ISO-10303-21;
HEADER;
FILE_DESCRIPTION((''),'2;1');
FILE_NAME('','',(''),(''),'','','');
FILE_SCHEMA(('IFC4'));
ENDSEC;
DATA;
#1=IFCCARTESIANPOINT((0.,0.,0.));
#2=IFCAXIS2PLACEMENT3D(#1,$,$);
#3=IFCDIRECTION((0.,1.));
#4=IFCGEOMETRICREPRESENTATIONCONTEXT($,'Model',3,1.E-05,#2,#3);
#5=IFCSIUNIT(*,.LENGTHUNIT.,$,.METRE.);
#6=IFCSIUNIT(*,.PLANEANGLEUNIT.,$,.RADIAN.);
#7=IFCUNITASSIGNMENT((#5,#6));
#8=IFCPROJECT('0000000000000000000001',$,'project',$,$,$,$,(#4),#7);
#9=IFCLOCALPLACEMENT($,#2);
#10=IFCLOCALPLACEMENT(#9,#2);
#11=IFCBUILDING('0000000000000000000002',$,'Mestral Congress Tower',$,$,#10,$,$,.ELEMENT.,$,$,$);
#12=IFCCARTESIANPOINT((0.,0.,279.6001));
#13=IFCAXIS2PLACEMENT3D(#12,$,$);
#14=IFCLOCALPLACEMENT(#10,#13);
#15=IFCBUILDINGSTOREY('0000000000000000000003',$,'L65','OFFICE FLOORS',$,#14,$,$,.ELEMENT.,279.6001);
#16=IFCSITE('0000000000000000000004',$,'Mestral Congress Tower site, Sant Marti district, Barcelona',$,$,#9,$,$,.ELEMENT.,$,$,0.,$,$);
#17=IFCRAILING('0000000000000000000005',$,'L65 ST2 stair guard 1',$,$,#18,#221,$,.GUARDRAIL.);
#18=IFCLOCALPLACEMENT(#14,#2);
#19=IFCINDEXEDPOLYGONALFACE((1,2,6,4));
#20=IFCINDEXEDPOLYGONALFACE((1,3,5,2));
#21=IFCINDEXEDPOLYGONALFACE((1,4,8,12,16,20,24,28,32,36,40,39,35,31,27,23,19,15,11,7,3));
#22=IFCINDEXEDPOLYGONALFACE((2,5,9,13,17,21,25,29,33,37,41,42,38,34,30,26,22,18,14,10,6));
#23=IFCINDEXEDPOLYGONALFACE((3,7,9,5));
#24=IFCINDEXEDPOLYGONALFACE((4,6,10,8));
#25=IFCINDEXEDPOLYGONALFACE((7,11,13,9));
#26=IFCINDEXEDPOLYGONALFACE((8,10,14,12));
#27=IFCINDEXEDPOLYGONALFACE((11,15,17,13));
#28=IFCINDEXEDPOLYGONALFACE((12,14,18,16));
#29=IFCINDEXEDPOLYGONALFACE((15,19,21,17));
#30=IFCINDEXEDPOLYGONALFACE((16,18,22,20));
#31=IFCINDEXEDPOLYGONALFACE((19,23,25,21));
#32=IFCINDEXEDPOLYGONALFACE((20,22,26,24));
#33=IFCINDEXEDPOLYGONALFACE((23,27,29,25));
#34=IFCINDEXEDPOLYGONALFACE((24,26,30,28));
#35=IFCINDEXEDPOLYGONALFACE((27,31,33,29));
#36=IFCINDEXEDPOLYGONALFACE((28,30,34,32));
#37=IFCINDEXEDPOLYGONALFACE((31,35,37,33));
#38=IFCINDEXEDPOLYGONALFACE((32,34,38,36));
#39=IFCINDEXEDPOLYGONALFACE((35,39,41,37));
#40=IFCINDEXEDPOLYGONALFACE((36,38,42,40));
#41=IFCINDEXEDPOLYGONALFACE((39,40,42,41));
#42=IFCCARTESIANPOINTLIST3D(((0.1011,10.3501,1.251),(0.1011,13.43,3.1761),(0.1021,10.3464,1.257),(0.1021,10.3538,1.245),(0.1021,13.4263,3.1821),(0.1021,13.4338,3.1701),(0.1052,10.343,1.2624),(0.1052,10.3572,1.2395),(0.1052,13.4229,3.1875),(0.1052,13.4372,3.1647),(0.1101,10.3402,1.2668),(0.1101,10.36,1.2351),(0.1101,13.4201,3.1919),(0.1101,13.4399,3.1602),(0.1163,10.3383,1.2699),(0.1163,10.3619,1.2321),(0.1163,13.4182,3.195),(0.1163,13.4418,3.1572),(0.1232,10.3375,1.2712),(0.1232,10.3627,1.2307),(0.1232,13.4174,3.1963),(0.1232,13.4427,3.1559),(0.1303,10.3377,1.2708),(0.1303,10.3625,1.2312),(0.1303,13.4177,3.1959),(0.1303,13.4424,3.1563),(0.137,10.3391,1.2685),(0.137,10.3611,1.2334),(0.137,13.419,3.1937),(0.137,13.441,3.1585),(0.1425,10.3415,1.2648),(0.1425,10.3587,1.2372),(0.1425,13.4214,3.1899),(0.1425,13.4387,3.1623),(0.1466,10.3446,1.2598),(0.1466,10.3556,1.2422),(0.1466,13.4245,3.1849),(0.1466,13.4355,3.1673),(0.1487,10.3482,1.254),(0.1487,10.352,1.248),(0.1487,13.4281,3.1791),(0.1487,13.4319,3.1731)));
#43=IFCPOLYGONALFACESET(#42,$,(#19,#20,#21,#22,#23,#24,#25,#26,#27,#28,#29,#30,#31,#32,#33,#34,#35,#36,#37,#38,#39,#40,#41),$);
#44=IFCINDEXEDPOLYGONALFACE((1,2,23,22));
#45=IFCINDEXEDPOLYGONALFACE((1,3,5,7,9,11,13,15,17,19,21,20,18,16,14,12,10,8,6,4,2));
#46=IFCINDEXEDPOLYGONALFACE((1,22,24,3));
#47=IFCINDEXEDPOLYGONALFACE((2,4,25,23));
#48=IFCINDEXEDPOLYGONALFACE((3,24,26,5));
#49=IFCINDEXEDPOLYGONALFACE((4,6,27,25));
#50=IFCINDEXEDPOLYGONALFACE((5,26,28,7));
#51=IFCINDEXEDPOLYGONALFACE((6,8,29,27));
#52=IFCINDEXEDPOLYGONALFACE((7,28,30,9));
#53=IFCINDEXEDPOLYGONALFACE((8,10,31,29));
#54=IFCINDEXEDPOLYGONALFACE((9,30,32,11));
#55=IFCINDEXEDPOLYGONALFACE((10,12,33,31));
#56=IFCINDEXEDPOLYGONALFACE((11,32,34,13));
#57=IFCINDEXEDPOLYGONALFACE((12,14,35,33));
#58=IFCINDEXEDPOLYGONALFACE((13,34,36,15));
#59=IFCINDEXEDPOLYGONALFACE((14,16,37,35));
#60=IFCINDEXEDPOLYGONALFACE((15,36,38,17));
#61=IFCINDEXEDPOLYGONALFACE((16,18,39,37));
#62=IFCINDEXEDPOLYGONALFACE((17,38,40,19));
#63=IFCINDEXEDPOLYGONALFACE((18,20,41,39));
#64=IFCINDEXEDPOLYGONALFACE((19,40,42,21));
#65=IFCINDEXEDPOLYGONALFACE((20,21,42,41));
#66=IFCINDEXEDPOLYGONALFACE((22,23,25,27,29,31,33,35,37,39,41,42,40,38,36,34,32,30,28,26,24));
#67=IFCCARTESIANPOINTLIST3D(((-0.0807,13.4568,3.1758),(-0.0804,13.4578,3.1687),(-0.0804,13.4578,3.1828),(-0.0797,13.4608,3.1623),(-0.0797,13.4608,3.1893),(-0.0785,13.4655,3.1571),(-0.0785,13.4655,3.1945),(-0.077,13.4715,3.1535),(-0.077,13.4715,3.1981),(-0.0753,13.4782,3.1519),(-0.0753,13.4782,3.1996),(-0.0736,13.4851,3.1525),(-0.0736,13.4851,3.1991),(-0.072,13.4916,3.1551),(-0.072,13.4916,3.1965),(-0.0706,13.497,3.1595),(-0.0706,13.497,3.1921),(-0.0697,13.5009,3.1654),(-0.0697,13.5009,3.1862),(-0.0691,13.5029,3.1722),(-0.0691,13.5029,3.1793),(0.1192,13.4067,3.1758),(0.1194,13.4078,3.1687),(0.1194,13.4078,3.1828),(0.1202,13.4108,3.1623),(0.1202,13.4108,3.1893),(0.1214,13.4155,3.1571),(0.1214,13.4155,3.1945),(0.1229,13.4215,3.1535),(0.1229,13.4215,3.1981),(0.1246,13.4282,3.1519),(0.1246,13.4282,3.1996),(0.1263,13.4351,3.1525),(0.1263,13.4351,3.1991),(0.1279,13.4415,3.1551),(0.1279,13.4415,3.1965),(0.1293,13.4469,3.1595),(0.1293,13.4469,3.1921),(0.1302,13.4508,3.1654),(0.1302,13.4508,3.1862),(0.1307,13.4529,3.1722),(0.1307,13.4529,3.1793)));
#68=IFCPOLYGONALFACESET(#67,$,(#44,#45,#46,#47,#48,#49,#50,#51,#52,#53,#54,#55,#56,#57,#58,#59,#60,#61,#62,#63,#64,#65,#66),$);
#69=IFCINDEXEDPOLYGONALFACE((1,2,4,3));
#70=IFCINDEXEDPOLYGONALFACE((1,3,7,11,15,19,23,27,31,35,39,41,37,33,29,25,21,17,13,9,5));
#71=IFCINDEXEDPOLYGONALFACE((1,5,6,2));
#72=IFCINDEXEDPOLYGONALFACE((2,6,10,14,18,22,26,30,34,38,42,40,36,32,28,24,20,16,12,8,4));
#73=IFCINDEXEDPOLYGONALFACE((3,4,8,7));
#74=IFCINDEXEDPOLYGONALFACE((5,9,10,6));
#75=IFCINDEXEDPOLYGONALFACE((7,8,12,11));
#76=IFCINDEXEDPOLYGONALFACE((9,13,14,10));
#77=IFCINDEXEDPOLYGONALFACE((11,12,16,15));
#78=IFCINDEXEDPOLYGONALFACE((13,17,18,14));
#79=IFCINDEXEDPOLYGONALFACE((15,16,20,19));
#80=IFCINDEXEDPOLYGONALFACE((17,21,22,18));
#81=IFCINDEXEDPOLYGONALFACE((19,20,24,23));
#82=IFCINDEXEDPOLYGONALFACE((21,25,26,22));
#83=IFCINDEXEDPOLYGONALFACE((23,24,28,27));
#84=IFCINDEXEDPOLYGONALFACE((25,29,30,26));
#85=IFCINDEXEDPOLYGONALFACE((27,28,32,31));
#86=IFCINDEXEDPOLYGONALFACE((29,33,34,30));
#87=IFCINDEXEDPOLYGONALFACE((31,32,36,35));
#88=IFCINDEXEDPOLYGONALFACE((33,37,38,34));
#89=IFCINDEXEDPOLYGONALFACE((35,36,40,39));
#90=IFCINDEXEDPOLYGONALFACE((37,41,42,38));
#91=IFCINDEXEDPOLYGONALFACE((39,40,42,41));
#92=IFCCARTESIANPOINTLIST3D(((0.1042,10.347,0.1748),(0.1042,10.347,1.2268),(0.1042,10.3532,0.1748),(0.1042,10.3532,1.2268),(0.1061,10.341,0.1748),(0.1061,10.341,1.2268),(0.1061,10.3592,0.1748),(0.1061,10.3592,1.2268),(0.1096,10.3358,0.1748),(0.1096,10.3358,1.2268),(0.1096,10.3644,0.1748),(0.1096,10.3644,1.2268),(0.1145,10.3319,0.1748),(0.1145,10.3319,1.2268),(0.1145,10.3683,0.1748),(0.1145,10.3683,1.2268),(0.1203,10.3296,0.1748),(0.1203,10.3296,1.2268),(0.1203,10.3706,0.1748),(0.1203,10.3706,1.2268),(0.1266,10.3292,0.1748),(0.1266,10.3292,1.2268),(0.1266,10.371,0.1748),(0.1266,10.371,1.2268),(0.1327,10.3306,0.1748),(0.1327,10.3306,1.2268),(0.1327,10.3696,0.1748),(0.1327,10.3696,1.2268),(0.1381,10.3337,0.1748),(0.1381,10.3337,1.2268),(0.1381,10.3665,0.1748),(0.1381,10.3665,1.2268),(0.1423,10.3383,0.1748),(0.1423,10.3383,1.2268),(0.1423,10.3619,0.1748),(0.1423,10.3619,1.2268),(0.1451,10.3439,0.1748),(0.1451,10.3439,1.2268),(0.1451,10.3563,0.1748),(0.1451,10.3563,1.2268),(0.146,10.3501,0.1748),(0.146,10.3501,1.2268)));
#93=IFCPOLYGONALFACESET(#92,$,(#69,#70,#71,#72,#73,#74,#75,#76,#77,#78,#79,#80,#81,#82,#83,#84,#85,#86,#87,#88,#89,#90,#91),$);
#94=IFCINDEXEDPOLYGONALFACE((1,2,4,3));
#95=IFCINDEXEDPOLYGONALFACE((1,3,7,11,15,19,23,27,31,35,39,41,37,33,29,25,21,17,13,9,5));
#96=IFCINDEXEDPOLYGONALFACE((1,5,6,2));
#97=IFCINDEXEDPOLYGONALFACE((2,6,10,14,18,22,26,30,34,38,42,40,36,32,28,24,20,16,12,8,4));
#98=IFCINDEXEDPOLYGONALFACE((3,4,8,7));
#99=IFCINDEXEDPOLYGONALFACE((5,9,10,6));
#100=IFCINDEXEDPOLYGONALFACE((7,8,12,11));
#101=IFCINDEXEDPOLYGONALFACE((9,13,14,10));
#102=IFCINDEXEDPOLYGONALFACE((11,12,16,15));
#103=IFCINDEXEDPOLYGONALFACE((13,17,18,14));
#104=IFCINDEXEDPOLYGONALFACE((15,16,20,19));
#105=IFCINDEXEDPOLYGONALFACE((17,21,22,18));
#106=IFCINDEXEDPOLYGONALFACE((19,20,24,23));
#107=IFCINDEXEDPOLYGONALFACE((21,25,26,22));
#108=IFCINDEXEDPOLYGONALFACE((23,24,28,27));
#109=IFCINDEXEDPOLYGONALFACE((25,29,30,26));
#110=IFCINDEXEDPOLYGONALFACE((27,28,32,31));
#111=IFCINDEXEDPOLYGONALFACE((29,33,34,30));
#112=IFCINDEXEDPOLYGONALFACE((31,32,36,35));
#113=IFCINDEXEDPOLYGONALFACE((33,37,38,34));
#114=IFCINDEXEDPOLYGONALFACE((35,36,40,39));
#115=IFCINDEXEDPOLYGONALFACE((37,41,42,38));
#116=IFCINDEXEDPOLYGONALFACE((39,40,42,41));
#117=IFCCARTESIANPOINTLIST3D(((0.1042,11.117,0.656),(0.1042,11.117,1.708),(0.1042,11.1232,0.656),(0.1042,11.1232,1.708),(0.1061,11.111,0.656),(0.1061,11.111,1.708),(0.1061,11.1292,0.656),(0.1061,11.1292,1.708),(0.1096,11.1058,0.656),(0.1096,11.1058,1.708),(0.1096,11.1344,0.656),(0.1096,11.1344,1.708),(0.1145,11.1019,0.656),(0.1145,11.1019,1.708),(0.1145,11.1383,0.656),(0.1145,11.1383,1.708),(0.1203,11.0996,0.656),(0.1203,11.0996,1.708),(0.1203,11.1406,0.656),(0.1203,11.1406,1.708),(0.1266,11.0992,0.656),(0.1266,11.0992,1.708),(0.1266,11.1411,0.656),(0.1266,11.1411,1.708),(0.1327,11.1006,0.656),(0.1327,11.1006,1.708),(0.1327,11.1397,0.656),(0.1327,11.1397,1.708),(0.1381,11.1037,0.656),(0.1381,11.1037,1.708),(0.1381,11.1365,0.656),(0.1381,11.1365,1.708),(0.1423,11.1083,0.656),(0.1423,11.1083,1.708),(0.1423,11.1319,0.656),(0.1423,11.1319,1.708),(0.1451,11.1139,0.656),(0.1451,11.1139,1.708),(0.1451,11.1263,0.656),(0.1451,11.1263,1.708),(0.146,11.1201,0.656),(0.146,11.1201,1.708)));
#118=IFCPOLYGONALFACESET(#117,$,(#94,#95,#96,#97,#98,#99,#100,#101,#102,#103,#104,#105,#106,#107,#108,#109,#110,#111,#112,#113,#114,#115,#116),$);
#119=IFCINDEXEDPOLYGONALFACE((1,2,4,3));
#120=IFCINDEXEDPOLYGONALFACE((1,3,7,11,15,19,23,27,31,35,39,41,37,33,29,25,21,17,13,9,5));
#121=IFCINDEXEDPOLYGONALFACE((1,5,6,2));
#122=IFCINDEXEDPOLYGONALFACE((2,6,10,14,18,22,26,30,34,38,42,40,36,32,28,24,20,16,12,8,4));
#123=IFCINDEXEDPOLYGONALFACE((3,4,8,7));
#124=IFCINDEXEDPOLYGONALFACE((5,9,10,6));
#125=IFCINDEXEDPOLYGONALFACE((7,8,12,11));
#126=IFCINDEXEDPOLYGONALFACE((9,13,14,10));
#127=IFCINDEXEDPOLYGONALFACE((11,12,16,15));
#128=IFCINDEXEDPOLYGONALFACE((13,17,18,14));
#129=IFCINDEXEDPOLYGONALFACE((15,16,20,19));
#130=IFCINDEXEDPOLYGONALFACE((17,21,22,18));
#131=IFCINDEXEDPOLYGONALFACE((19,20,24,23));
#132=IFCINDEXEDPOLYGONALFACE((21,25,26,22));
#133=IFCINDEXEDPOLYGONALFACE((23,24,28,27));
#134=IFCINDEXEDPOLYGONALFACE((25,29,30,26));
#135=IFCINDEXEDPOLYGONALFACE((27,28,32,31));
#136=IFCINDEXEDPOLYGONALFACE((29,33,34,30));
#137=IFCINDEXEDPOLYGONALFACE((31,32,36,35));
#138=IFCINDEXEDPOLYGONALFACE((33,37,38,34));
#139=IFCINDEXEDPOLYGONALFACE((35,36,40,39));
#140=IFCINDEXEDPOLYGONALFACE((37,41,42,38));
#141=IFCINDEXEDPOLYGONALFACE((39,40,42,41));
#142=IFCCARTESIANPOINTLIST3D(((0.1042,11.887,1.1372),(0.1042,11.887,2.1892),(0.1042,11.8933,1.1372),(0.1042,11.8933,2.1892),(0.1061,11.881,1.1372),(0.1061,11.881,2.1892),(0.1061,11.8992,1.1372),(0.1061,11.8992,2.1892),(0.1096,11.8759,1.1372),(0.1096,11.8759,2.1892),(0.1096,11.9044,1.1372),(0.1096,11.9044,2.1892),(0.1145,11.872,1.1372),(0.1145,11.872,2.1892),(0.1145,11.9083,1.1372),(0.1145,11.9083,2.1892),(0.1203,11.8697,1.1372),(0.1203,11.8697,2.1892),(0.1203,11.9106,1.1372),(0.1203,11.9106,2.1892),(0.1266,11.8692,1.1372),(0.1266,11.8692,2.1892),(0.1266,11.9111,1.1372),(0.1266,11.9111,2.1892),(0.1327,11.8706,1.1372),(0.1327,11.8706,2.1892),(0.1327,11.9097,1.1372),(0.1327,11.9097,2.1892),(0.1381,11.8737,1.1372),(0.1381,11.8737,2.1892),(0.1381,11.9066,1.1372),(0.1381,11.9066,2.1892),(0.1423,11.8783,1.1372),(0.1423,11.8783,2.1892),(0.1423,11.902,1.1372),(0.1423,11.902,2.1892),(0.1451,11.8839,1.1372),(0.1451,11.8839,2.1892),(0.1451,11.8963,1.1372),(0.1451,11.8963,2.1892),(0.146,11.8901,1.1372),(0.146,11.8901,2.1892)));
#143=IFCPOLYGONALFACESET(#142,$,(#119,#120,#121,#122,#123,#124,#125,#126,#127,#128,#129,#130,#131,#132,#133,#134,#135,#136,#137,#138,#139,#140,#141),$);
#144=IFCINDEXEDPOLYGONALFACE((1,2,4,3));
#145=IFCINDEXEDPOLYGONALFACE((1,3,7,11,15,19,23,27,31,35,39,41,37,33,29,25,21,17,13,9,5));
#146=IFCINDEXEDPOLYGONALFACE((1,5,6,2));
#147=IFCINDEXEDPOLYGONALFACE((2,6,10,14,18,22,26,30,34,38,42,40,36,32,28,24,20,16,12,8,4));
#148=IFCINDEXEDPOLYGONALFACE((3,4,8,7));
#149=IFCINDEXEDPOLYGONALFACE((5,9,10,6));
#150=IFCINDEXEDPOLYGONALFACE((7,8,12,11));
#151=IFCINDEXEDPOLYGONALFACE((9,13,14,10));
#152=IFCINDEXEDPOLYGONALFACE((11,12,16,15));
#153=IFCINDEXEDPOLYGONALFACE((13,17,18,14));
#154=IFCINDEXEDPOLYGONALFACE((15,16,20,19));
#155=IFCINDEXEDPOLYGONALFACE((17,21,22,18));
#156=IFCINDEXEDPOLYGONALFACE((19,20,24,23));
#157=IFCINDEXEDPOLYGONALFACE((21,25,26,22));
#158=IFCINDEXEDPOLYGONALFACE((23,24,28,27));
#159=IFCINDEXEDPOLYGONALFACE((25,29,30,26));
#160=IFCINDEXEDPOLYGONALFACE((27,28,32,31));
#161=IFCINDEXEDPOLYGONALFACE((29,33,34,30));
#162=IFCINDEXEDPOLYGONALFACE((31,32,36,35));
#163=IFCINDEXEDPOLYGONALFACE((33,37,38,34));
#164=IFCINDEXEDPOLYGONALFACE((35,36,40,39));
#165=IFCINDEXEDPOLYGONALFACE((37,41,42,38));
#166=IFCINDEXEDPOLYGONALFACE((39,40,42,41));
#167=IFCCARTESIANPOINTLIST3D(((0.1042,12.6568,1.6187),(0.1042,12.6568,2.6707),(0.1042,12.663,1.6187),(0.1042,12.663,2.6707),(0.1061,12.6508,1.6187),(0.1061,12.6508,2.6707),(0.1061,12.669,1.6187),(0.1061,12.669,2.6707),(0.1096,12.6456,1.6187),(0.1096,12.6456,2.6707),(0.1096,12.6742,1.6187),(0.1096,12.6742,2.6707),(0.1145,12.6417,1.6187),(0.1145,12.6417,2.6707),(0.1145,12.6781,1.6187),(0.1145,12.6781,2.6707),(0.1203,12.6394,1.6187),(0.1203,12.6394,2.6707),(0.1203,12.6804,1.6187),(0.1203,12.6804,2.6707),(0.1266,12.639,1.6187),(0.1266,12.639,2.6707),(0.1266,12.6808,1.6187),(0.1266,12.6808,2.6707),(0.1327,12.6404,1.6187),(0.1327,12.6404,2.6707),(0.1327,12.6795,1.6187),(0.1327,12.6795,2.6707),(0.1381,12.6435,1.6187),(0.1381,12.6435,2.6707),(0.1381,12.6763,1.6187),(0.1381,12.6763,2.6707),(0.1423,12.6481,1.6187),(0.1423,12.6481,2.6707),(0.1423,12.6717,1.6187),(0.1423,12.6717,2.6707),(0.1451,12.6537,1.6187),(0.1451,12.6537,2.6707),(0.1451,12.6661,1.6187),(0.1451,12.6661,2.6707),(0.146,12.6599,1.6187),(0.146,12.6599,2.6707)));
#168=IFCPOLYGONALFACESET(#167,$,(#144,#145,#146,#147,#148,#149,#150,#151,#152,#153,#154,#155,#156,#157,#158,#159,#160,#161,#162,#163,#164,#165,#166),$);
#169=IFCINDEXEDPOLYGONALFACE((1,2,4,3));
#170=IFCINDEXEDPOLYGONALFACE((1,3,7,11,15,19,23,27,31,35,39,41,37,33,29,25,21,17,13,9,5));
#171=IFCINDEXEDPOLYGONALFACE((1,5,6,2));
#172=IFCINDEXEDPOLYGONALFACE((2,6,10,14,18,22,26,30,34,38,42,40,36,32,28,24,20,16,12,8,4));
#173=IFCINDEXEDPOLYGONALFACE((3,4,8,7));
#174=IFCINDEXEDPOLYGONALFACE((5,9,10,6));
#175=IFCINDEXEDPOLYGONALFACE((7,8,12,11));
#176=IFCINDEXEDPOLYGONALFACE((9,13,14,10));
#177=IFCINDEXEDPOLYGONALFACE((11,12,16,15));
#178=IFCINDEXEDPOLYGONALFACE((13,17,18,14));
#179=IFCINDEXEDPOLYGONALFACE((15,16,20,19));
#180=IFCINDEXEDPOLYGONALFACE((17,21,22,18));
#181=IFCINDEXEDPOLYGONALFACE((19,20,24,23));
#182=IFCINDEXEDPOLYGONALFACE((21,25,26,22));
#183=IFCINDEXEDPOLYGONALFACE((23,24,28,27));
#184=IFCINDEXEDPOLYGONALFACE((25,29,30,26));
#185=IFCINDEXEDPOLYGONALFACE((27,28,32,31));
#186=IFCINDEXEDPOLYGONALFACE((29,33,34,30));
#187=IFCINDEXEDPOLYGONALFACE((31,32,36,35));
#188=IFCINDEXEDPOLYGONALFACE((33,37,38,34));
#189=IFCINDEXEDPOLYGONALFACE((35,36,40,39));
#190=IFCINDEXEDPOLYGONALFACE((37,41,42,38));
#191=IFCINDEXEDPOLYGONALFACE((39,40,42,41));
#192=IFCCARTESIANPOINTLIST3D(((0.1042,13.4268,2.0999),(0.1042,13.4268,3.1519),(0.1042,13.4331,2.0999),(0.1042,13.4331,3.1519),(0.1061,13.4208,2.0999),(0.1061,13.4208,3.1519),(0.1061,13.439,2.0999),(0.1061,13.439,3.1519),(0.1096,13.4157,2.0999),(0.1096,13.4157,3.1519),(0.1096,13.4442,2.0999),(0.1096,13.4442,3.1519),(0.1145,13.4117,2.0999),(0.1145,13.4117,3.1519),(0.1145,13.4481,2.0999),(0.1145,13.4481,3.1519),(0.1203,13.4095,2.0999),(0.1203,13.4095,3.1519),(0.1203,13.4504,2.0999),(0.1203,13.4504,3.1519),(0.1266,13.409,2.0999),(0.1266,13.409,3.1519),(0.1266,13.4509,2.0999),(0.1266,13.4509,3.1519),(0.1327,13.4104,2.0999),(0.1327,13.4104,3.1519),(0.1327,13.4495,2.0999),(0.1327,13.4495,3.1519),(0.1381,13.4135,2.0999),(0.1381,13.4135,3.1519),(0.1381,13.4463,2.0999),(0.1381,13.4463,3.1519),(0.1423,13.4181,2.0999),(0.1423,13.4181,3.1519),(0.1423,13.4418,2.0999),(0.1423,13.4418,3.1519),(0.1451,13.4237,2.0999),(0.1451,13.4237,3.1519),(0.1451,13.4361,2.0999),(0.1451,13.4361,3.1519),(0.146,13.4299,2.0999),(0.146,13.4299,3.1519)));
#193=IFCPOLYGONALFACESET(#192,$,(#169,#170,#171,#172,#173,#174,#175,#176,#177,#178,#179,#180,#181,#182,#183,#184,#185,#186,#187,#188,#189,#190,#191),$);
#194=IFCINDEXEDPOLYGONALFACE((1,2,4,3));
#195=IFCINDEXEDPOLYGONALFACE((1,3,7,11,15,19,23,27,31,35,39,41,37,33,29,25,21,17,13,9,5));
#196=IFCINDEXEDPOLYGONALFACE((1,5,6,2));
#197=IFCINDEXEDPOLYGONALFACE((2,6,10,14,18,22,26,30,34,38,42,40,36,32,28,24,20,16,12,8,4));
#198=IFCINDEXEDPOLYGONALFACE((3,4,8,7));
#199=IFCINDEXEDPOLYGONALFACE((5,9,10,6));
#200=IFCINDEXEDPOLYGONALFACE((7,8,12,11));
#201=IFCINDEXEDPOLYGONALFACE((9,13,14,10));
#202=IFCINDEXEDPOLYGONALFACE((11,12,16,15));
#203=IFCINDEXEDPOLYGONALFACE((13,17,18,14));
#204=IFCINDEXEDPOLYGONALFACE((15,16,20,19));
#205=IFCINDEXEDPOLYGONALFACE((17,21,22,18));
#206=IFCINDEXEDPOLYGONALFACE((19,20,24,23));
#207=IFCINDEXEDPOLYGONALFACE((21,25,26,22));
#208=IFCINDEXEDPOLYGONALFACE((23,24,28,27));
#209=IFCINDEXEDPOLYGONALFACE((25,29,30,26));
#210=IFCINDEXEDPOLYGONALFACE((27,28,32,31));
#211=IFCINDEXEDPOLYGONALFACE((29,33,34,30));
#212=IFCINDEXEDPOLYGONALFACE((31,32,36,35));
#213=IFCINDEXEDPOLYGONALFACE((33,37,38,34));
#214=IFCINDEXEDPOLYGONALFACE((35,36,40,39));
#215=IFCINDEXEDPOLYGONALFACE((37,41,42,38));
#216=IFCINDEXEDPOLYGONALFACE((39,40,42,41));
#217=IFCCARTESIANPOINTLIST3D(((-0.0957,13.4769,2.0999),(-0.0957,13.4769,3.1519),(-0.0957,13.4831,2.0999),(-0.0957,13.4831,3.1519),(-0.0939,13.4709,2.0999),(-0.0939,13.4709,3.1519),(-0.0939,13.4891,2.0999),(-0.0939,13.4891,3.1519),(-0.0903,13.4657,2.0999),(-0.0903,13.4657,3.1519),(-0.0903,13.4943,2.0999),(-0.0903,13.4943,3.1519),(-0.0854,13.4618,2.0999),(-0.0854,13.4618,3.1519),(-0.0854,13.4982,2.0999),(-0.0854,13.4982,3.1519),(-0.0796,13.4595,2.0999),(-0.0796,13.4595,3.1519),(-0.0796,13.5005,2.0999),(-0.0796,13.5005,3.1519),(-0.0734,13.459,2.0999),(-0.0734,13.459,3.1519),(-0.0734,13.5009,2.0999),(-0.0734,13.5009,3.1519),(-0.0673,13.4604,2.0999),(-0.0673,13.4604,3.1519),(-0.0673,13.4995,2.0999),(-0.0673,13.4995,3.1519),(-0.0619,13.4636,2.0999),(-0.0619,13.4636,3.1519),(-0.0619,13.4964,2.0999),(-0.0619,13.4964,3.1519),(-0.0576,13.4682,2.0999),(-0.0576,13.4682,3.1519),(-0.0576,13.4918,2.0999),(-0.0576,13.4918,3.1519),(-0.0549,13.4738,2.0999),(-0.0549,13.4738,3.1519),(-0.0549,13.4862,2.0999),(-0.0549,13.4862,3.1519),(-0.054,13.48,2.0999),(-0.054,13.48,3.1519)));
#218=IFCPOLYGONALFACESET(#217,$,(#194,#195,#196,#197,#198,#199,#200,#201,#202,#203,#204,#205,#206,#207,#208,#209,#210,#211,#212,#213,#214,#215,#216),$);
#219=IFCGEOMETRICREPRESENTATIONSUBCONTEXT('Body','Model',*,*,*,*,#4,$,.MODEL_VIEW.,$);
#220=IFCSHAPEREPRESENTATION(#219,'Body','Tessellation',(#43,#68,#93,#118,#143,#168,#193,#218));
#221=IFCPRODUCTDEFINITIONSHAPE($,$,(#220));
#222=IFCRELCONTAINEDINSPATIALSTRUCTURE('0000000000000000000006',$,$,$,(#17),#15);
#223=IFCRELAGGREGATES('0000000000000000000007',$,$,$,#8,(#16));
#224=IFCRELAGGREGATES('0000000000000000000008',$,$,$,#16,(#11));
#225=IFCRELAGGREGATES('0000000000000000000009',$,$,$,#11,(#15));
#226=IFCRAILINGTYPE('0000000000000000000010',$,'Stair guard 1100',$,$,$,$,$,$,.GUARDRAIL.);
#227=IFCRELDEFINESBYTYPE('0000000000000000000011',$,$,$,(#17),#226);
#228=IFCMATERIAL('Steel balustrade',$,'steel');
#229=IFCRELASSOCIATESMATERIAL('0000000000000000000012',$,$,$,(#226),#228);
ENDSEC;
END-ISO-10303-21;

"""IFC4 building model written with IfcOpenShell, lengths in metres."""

from ifc_helpers import new_model, si_unit, direction, frame, origin, origin_2d, place, context, subcontext, project, spatial, circle, extrude, material, type_object, element, save


model = new_model("IFC4")

# Units and contexts
model_context = context("Model", 3, precision=1e-05, world=origin(), true_north=direction((0.0, 1.0)))
body_context = subcontext(model_context, "Body", "Model", "MODEL_VIEW")
ifc_project = project(units=[si_unit("LENGTHUNIT", "METRE"), si_unit("PLANEANGLEUNIT", "RADIAN")], contexts=[model_context])

# Site, building, storey
site_placement = place(None, origin())
site = spatial("IfcSite", under=ifc_project, at=site_placement, Name="Mestral Congress Tower site, Sant Marti district, Barcelona", CompositionType="ELEMENT", RefElevation=0.0)
building_placement = place(site_placement, origin())
building = spatial("IfcBuilding", under=site, at=building_placement, Name="Mestral Congress Tower", CompositionType="ELEMENT")
storey_placement = place(building_placement, frame((0.0, 0.0, 279.6001)))
storey = spatial("IfcBuildingStorey", under=building, at=storey_placement, Name="L65", Description="OFFICE FLOORS", CompositionType="ELEMENT", Elevation=279.6001)

# Railing
ifc_material_1 = material(Name="Steel balustrade", Category="steel")
railing_type_1 = type_object("IfcRailingType", Name="Stair guard 1100", PredefinedType="GUARDRAIL", material=ifc_material_1)
railing_1_placement = place(storey_placement, frame((0.125, 10.3501, 0.1748)))
element("IfcRailing", 1, at=railing_1_placement, inside=storey, type_object=railing_type_1, Name="L65 ST2 stair guard 1", PredefinedType="GUARDRAIL", context=body_context, shape_type="SweptSolid", body=[
    extrude(circle(Radius=0.0239, at=origin_2d()), frame((0.0, 0.0, 1.0762), z_axis=(0.0, 0.847979, 0.530029), x_axis=(-1.0, 0.0, 0.0)), (0.0, 0.0, 1.0), 3.6321),
    extrude(circle(Radius=0.0239, at=origin_2d()), frame((0.0, 3.0798, 3.001), z_axis=(-0.970073, 0.242814, 0.0), x_axis=(-0.242814, -0.970073, 0.0)), (0.0, 0.0, 1.0), 0.2061),
    extrude(circle(Radius=0.021, at=origin_2d()), origin(), (0.0, 0.0, 1.0), 1.052),
    extrude(circle(Radius=0.021, at=origin_2d()), frame((0.0, 0.77, 0.4812)), (0.0, 0.0, 1.0), 1.052),
    extrude(circle(Radius=0.021, at=origin_2d()), frame((0.0, 1.54, 0.9624)), (0.0, 0.0, 1.0), 1.052),
    extrude(circle(Radius=0.021, at=origin_2d()), frame((0.0, 2.3098, 1.4438)), (0.0, 0.0, 1.0), 1.052),
    extrude(circle(Radius=0.021, at=origin_2d()), frame((0.0, 3.0798, 1.925)), (0.0, 0.0, 1.0), 1.052),
    extrude(circle(Radius=0.021, at=origin_2d()), frame((-0.2, 3.1299, 1.925)), (0.0, 0.0, 1.0), 1.052),
])

save(model, "model.ifc")
